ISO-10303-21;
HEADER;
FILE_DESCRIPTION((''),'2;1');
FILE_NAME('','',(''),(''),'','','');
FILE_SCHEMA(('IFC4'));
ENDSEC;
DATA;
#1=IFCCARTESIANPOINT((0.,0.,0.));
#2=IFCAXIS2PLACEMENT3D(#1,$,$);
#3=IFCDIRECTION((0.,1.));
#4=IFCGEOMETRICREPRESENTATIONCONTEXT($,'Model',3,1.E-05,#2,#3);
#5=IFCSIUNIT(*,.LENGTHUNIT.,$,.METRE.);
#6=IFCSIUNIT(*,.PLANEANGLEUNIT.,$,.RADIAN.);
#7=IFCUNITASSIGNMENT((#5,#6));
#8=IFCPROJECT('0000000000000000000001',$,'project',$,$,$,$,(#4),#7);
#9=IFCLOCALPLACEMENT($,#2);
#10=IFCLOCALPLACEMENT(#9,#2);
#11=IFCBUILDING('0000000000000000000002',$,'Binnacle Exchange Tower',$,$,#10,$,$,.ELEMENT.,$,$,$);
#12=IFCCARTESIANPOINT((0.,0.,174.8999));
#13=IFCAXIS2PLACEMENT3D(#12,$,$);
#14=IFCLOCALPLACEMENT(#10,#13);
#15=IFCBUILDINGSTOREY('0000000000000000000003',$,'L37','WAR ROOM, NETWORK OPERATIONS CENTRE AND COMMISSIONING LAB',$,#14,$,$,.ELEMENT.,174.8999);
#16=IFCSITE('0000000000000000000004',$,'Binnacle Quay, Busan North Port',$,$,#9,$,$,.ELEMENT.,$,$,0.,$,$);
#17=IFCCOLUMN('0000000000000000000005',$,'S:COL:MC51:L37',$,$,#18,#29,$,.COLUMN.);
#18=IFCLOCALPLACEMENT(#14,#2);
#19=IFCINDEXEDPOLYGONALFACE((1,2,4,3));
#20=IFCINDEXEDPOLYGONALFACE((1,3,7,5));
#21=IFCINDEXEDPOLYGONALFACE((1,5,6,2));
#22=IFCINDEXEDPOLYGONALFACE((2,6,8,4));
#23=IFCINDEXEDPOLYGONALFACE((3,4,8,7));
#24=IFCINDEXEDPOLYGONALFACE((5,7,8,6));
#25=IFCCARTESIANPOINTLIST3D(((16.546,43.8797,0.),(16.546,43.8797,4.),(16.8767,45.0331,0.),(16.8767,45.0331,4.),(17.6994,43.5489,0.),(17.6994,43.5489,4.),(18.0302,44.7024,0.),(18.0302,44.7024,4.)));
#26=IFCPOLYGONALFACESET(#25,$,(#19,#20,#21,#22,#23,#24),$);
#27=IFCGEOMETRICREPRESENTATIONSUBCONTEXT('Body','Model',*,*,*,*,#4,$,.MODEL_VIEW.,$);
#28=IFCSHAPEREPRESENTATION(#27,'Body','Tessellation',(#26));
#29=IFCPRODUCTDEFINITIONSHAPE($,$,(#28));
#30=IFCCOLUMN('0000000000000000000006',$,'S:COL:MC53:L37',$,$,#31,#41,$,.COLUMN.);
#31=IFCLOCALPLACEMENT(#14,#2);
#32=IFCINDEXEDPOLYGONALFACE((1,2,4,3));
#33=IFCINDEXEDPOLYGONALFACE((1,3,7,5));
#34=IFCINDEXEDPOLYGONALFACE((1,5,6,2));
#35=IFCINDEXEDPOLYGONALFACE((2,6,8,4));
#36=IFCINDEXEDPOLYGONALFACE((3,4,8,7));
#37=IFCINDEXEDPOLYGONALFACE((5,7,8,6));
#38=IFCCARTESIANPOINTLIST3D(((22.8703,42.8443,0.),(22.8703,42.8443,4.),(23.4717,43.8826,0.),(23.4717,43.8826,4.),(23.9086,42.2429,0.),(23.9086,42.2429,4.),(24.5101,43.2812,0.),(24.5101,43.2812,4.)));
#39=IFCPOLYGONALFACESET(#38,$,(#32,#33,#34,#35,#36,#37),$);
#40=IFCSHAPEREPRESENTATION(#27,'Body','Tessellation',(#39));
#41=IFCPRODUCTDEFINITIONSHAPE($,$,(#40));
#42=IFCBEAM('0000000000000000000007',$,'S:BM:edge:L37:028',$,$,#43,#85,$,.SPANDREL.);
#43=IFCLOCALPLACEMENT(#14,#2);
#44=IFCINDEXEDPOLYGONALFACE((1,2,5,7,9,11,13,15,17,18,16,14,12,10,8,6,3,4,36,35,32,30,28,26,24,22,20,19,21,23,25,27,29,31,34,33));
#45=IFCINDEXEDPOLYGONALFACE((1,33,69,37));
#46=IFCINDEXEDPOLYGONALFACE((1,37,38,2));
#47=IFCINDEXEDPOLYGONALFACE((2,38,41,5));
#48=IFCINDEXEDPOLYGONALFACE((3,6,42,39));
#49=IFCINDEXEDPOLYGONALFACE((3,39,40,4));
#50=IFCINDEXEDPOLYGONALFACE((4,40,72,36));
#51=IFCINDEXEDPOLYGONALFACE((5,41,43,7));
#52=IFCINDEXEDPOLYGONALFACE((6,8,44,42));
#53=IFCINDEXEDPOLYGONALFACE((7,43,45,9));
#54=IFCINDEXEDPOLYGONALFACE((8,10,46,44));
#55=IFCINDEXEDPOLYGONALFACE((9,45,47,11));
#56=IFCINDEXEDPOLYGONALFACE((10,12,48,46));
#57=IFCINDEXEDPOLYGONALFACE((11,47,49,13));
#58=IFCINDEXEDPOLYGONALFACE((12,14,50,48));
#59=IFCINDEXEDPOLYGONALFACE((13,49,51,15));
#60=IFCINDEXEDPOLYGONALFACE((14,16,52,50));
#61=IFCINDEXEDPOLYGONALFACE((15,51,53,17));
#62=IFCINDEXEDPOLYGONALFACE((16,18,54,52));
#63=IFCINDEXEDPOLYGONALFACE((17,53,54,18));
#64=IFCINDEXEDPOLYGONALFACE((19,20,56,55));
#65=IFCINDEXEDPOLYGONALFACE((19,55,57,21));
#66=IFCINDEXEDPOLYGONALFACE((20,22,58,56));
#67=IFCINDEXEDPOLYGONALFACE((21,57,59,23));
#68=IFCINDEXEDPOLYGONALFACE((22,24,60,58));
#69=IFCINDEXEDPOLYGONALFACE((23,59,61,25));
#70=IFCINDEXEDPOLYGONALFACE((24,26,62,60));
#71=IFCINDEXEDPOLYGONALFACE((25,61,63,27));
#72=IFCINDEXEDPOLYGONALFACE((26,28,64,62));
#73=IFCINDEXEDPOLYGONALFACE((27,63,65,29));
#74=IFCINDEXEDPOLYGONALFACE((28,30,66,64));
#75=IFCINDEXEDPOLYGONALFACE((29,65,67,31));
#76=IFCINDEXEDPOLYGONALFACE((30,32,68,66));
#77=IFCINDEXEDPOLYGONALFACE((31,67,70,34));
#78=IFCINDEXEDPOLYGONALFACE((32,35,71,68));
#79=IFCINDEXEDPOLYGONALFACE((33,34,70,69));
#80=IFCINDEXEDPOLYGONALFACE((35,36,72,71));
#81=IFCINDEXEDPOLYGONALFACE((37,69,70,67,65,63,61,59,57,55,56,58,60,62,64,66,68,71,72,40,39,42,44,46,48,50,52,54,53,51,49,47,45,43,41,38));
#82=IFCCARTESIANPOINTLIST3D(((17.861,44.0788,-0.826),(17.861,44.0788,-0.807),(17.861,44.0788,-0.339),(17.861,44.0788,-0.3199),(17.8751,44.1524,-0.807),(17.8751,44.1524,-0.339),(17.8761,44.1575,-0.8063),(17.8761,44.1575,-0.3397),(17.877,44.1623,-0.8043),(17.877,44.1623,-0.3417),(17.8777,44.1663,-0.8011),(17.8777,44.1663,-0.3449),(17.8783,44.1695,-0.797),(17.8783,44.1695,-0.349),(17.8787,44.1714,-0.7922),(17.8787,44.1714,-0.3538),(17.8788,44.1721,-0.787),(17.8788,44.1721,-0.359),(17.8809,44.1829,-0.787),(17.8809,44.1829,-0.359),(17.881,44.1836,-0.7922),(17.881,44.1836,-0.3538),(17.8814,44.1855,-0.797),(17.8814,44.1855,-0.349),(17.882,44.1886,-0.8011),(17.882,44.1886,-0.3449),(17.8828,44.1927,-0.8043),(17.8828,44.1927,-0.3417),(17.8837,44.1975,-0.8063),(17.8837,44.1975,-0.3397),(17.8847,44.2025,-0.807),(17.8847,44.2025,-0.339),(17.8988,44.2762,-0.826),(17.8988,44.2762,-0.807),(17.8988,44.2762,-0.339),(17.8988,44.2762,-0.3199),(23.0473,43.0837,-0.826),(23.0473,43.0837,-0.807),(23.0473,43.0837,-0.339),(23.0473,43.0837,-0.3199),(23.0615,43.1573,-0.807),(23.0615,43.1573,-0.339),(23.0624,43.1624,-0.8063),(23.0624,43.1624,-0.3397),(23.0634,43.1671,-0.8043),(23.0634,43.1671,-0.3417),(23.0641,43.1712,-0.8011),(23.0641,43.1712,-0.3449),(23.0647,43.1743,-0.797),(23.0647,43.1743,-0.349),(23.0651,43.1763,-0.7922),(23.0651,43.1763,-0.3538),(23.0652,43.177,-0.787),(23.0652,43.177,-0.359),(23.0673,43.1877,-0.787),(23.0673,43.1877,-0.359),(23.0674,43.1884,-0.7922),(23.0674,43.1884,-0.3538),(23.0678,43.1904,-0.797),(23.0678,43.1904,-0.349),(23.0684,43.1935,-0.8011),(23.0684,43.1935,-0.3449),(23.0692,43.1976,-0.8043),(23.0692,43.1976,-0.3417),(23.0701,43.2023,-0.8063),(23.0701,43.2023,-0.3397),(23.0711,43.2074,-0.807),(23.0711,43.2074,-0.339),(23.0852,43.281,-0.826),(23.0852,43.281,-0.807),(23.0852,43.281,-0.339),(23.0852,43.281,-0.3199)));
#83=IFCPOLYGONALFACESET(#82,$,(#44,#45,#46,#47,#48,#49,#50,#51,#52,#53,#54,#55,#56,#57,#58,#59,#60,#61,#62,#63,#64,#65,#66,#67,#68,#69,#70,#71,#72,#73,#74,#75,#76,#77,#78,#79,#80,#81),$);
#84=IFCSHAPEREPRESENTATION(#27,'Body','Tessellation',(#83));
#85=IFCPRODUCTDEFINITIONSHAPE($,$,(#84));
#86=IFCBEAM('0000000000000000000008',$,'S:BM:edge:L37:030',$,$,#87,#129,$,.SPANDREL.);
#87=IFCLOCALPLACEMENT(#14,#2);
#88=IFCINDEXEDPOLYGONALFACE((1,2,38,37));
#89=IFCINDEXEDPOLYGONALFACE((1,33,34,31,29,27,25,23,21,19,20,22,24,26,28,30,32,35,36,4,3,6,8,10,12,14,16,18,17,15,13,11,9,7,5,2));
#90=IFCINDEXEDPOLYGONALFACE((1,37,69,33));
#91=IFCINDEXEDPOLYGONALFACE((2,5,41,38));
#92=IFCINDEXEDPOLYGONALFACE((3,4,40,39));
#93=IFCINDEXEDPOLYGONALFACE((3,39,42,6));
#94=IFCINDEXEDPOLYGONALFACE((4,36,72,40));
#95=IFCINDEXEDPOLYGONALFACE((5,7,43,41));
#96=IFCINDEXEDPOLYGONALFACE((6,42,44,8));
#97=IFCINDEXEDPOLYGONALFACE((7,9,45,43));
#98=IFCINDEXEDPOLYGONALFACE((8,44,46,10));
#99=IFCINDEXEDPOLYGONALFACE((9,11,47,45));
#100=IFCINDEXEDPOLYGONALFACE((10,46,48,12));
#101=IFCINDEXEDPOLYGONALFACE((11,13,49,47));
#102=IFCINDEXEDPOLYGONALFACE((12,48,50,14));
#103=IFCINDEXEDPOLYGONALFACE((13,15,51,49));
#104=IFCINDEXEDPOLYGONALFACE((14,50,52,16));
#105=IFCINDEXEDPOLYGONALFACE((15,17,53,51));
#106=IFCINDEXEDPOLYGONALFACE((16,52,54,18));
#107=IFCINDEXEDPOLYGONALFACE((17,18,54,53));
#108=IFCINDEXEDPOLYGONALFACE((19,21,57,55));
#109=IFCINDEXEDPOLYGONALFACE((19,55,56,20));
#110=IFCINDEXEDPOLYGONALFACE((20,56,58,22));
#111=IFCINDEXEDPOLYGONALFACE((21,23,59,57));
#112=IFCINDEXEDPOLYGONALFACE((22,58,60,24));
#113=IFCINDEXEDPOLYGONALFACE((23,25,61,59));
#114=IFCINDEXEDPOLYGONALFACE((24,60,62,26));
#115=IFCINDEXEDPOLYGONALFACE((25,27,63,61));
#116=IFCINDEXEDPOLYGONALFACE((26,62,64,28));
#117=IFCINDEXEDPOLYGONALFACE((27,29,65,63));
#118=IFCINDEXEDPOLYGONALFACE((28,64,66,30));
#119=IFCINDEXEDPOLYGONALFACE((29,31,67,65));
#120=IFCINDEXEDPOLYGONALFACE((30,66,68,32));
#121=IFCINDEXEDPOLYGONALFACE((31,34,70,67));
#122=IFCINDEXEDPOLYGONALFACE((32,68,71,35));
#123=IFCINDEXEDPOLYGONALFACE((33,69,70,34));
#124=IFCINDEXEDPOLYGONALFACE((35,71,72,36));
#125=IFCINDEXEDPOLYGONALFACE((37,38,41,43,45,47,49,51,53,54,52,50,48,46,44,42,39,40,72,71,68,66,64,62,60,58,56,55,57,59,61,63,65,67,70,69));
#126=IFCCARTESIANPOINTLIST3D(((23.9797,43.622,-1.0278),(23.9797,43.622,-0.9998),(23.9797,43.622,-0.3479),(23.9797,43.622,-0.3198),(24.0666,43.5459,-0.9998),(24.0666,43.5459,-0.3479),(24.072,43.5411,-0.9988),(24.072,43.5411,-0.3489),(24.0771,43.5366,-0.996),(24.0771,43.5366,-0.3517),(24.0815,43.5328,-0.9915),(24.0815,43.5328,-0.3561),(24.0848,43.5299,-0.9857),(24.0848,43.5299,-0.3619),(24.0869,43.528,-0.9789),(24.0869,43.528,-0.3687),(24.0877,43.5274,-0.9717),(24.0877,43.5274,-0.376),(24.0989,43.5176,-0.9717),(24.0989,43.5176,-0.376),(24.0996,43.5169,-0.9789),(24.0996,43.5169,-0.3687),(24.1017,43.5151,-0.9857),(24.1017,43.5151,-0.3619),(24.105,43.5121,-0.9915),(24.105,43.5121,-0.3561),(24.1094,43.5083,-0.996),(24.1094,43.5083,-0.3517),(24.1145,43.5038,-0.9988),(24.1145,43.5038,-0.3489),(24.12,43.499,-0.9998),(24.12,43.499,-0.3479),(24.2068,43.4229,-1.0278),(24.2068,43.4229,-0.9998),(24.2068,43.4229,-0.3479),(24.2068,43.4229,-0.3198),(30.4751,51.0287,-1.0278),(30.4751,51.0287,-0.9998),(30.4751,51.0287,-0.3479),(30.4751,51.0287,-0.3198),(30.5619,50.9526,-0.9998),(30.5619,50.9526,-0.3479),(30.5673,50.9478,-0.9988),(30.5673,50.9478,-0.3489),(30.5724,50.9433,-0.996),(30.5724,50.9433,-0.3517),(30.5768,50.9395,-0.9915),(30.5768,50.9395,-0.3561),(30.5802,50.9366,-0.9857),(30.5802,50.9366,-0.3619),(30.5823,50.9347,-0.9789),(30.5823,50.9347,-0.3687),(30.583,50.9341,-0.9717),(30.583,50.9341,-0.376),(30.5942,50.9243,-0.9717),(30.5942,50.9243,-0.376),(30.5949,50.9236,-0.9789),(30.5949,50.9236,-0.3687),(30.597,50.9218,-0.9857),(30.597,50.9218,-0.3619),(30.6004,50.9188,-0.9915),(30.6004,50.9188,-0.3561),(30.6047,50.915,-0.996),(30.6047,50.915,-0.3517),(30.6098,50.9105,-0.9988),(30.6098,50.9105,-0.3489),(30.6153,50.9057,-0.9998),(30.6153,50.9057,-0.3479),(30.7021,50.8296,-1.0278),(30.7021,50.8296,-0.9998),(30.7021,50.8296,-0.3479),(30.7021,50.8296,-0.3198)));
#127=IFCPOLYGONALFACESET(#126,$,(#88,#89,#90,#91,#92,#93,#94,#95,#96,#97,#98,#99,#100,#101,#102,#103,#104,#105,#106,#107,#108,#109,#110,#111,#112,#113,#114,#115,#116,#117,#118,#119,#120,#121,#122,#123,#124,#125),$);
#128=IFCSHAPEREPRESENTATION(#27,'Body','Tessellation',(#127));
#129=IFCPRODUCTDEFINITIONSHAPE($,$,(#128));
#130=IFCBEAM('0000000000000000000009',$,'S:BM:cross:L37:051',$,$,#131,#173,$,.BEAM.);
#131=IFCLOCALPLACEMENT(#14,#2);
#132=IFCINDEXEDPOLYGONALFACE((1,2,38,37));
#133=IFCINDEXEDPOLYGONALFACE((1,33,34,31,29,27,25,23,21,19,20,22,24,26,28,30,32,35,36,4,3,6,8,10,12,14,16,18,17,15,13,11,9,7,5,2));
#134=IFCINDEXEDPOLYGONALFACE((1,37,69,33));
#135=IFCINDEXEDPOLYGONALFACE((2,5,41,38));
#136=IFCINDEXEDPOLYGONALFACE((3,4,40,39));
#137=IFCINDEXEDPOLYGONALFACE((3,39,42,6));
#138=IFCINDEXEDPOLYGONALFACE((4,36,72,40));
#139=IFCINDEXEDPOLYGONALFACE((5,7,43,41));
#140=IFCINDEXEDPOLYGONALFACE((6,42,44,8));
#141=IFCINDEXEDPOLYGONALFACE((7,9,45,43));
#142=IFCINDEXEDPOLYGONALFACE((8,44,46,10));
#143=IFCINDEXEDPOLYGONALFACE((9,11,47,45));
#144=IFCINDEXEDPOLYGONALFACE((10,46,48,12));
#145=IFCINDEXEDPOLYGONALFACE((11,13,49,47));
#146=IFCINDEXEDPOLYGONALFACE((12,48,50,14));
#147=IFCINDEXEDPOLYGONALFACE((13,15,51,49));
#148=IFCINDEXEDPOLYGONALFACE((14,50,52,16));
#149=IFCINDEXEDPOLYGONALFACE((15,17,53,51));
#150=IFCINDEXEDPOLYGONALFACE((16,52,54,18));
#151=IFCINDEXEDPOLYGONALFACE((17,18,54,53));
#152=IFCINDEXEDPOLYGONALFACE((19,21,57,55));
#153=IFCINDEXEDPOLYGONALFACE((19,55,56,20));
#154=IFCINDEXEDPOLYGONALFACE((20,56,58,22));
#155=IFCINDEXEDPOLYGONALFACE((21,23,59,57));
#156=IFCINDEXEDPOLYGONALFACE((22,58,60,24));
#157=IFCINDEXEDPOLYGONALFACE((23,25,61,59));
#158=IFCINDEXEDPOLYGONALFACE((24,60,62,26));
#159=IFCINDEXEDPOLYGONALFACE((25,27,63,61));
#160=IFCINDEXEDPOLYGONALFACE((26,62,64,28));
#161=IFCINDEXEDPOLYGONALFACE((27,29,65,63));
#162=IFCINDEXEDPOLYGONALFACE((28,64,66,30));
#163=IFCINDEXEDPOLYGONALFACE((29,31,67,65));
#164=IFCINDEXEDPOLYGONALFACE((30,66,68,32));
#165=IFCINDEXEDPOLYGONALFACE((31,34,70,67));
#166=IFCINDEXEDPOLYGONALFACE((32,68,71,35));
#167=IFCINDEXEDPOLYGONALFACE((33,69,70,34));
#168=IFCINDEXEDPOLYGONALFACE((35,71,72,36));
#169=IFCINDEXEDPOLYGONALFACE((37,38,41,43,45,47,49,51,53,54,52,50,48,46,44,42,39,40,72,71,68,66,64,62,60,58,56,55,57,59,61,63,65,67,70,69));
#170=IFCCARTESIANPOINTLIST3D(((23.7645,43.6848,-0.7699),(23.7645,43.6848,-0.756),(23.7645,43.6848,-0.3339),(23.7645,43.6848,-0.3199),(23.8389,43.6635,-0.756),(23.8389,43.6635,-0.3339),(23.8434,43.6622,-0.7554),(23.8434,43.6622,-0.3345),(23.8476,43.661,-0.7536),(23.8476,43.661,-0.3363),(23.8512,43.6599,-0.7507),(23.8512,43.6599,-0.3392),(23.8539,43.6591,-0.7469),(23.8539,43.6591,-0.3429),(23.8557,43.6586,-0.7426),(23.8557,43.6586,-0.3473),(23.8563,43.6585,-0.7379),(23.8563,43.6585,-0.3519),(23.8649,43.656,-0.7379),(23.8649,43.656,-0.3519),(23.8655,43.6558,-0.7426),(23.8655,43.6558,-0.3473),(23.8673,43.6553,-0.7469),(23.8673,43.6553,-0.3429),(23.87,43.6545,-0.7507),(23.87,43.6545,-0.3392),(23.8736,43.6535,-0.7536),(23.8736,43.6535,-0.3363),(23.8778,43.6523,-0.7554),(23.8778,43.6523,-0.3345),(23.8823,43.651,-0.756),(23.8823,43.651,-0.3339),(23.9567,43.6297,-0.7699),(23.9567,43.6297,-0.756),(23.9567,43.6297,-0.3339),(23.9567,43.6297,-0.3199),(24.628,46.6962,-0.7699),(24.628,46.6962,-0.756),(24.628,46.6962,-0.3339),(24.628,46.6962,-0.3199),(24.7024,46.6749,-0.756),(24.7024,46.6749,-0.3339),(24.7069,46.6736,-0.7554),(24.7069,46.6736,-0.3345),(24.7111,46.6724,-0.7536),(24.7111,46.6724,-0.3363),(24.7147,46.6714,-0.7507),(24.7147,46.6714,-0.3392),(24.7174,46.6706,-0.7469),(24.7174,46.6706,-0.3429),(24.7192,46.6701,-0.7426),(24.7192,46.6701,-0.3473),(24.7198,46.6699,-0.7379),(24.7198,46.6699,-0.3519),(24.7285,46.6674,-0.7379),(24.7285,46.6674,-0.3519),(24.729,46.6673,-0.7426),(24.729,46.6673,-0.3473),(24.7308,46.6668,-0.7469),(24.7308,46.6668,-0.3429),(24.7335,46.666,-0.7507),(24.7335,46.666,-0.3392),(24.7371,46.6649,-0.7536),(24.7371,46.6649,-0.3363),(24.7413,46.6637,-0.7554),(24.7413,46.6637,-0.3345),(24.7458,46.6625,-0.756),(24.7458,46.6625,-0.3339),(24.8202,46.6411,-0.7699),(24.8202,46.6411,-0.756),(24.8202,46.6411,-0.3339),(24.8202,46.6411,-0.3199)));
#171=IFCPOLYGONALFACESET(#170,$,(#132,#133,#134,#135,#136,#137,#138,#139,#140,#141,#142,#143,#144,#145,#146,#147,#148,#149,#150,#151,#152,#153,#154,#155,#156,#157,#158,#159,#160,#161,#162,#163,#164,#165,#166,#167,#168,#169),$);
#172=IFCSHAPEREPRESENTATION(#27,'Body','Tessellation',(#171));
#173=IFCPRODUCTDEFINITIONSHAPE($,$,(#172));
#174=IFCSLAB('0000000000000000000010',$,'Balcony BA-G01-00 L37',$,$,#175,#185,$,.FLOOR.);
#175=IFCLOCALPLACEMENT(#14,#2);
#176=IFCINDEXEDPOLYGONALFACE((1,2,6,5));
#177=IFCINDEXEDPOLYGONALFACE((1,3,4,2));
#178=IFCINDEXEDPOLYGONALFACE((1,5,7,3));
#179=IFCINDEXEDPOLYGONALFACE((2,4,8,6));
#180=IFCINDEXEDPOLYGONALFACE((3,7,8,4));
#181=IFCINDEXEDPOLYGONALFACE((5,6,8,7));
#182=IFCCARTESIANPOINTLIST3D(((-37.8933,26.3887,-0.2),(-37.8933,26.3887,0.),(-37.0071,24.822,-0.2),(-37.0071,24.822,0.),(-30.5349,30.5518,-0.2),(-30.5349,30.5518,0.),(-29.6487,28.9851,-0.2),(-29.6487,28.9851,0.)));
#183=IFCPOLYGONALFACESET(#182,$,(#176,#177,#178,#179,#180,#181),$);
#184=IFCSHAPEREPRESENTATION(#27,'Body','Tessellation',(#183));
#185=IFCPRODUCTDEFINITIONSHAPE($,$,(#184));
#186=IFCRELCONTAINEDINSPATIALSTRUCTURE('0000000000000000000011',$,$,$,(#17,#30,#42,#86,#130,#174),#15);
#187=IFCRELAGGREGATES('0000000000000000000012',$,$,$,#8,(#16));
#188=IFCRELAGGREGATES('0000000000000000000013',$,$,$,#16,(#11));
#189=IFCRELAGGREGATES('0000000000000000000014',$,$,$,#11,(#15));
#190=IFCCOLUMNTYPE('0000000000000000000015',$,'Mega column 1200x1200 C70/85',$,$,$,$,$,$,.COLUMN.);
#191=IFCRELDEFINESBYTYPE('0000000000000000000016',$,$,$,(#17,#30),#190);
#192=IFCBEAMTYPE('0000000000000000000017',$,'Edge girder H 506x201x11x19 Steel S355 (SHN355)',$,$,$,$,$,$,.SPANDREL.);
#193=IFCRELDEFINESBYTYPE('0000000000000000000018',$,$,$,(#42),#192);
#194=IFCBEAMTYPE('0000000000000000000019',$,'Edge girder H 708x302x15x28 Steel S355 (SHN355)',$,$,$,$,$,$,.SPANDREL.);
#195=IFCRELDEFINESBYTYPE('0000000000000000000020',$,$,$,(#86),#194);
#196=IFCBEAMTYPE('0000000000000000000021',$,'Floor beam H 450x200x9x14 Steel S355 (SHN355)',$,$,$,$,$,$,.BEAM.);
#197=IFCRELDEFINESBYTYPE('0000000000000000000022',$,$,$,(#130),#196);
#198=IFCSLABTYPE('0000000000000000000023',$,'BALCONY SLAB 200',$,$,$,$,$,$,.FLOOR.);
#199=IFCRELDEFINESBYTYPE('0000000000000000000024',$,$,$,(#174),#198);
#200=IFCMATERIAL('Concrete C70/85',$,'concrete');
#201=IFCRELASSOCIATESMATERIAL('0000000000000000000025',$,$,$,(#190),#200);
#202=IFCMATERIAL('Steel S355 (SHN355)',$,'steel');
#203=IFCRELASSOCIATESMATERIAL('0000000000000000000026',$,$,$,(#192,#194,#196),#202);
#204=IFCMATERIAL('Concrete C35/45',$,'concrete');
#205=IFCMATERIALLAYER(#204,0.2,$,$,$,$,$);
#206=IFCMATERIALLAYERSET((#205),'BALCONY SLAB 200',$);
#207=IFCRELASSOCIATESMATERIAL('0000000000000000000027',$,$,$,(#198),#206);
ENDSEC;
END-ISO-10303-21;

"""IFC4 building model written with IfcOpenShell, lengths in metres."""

from ifc_helpers import new_model, si_unit, direction, frame, origin, origin_2d, place, context, subcontext, project, spatial, polyline, rectangle, i_section, outline, extrude, material, layer, layer_set, material_profile, profile_set, type_object, element, save


model = new_model("IFC4")

# Units and contexts
model_context = context("Model", 3, precision=1e-05, world=origin(), true_north=direction((0.0, 1.0)))
body_context = subcontext(model_context, "Body", "Model", "MODEL_VIEW")
ifc_project = project(units=[si_unit("LENGTHUNIT", "METRE"), si_unit("PLANEANGLEUNIT", "RADIAN")], contexts=[model_context])

# Site, building, storey
site_placement = place(None, origin())
site = spatial("IfcSite", under=ifc_project, at=site_placement, Name="Binnacle Quay, Busan North Port", CompositionType="ELEMENT", RefElevation=0.0)
building_placement = place(site_placement, origin())
building = spatial("IfcBuilding", under=site, at=building_placement, Name="Binnacle Exchange Tower", CompositionType="ELEMENT")
storey_placement = place(building_placement, frame((0.0, 0.0, 174.8999)))
storey = spatial("IfcBuildingStorey", under=building, at=storey_placement, Name="L37", Description="WAR ROOM, NETWORK OPERATIONS CENTRE AND COMMISSIONING LAB", CompositionType="ELEMENT", Elevation=174.8999)

# Columns
ifc_material_1 = material(Name="Concrete C70/85", Category="concrete")
ifc_material_profile_1 = material_profile(ifc_material_1, rectangle(XDim=1.2, YDim=1.2, at=origin_2d()), Name="Mega column 1200x1200 C70/85")
ifc_profile_set_1 = profile_set([ifc_material_profile_1], Name="Concrete C70/85")
column_type = type_object("IfcColumnType", Name="Mega column 1200x1200 C70/85", PredefinedType="COLUMN", material=ifc_profile_set_1)
for number, where, z_axis, x_axis, name in (
    (1, (17.2881, 44.291, 0.0), (0.0, 0.0, 1.0), (0.961262, -0.275637, 0.0), "S:COL:MC51:L37"),
    (2, (23.6902, 43.0627, 0.0), (0.0, 0.0, 1.0), (-0.865326, 0.501209, 0.0), "S:COL:MC53:L37"),
):
    element("IfcColumn", number, at=place(storey_placement, frame(where, z_axis=z_axis, x_axis=x_axis)), inside=storey, type_object=column_type, Name=name, PredefinedType="COLUMN", context=body_context, shape_type="SweptSolid", body=[
        extrude(rectangle(XDim=1.2, YDim=1.2, at=origin_2d()), origin(), (0.0, 0.0, 1.0), 4.0),
    ])

# Beams
ifc_material_2 = material(Name="Steel S355 (SHN355)", Category="steel")
ifc_material_profile_2 = material_profile(ifc_material_2, i_section(OverallWidth=0.2009, OverallDepth=0.5061, WebThickness=0.011, FlangeThickness=0.019, FilletRadius=0.02, at=origin_2d()), Name="H 506x201x11x19")
ifc_profile_set_2 = profile_set([ifc_material_profile_2], Name="Steel S355 (SHN355)")
beam_type_1 = type_object("IfcBeamType", Name="Edge girder H 506x201x11x19 Steel S355 (SHN355)", PredefinedType="SPANDREL", material=ifc_profile_set_2)
beam_1_placement = place(storey_placement, frame((17.8799, 44.1775, -0.573), z_axis=(0.982085, -0.188438, 0.0), x_axis=(0.188438, 0.982085, 0.0)))
element("IfcBeam", 3, at=beam_1_placement, inside=storey, type_object=beam_type_1, Name="S:BM:edge:L37:028", PredefinedType="SPANDREL", context=body_context, shape_type="SweptSolid", body=[
    extrude(i_section(OverallWidth=0.2009, OverallDepth=0.5061, WebThickness=0.011, FlangeThickness=0.019, FilletRadius=0.02, at=origin_2d()), origin(), (0.0, 0.0, 1.0), 5.281),
])
ifc_material_profile_3 = material_profile(ifc_material_2, i_section(OverallWidth=0.302, OverallDepth=0.708, WebThickness=0.0149, FlangeThickness=0.0281, FilletRadius=0.0281, at=origin_2d()), Name="H 708x302x15x28")
ifc_profile_set_3 = profile_set([ifc_material_profile_3], Name="Steel S355 (SHN355)")
beam_type_2 = type_object("IfcBeamType", Name="Edge girder H 708x302x15x28 Steel S355 (SHN355)", PredefinedType="SPANDREL", material=ifc_profile_set_3)
beam_2_placement = place(storey_placement, frame((24.0933, 43.5225, -0.6738), z_axis=(0.659336, 0.751849, 0.0), x_axis=(-0.751849, 0.659336, 0.0)))
element("IfcBeam", 4, at=beam_2_placement, inside=storey, type_object=beam_type_2, Name="S:BM:edge:L37:030", PredefinedType="SPANDREL", context=body_context, shape_type="SweptSolid", body=[
    extrude(i_section(OverallWidth=0.302, OverallDepth=0.708, WebThickness=0.0149, FlangeThickness=0.0281, FilletRadius=0.0281, at=origin_2d()), origin(), (0.0, 0.0, 1.0), 9.8513),
])
ifc_material_profile_4 = material_profile(ifc_material_2, i_section(OverallWidth=0.2, OverallDepth=0.45, WebThickness=0.009, FlangeThickness=0.0139, FilletRadius=0.0181, at=origin_2d()), Name="H 450x200x9x14")
ifc_profile_set_4 = profile_set([ifc_material_profile_4], Name="Steel S355 (SHN355)")
beam_type_3 = type_object("IfcBeamType", Name="Floor beam H 450x200x9x14 Steel S355 (SHN355)", PredefinedType="BEAM", material=ifc_profile_set_4)
beam_3_placement = place(storey_placement, frame((23.8606, 43.6572, -0.5449), z_axis=(0.275637, 0.961262, 0.0), x_axis=(-0.961262, 0.275637, 0.0)))
element("IfcBeam", 5, at=beam_3_placement, inside=storey, type_object=beam_type_3, Name="S:BM:cross:L37:051", PredefinedType="BEAM", context=body_context, shape_type="SweptSolid", body=[
    extrude(i_section(OverallWidth=0.2, OverallDepth=0.45, WebThickness=0.009, FlangeThickness=0.0139, FilletRadius=0.0181, at=origin_2d()), origin(), (0.0, 0.0, 1.0), 3.1328),
])

# Slab
ifc_material_3 = material(Name="Concrete C35/45", Category="concrete")
ifc_layer_1 = layer(ifc_material_3, 0.2)
ifc_layer_set_1 = layer_set([ifc_layer_1], Name="BALCONY SLAB 200")
slab_type_1 = type_object("IfcSlabType", Name="BALCONY SLAB 200", PredefinedType="FLOOR", material=ifc_layer_set_1)
slab_1_placement = place(storey_placement, frame((0.0, 0.0, -0.2)))
element("IfcSlab", 6, at=slab_1_placement, inside=storey, type_object=slab_type_1, Name="Balcony BA-G01-00 L37", PredefinedType="FLOOR", context=body_context, shape_type="SweptSolid", body=[
    extrude(outline(polyline([(-37.8933, 26.3887), (-30.5349, 30.5518), (-29.6487, 28.9851), (-37.0071, 24.822), (-37.8933, 26.3887)])), origin(), (0.0, 0.0, 1.0), 0.2),
])

save(model, "model.ifc")
